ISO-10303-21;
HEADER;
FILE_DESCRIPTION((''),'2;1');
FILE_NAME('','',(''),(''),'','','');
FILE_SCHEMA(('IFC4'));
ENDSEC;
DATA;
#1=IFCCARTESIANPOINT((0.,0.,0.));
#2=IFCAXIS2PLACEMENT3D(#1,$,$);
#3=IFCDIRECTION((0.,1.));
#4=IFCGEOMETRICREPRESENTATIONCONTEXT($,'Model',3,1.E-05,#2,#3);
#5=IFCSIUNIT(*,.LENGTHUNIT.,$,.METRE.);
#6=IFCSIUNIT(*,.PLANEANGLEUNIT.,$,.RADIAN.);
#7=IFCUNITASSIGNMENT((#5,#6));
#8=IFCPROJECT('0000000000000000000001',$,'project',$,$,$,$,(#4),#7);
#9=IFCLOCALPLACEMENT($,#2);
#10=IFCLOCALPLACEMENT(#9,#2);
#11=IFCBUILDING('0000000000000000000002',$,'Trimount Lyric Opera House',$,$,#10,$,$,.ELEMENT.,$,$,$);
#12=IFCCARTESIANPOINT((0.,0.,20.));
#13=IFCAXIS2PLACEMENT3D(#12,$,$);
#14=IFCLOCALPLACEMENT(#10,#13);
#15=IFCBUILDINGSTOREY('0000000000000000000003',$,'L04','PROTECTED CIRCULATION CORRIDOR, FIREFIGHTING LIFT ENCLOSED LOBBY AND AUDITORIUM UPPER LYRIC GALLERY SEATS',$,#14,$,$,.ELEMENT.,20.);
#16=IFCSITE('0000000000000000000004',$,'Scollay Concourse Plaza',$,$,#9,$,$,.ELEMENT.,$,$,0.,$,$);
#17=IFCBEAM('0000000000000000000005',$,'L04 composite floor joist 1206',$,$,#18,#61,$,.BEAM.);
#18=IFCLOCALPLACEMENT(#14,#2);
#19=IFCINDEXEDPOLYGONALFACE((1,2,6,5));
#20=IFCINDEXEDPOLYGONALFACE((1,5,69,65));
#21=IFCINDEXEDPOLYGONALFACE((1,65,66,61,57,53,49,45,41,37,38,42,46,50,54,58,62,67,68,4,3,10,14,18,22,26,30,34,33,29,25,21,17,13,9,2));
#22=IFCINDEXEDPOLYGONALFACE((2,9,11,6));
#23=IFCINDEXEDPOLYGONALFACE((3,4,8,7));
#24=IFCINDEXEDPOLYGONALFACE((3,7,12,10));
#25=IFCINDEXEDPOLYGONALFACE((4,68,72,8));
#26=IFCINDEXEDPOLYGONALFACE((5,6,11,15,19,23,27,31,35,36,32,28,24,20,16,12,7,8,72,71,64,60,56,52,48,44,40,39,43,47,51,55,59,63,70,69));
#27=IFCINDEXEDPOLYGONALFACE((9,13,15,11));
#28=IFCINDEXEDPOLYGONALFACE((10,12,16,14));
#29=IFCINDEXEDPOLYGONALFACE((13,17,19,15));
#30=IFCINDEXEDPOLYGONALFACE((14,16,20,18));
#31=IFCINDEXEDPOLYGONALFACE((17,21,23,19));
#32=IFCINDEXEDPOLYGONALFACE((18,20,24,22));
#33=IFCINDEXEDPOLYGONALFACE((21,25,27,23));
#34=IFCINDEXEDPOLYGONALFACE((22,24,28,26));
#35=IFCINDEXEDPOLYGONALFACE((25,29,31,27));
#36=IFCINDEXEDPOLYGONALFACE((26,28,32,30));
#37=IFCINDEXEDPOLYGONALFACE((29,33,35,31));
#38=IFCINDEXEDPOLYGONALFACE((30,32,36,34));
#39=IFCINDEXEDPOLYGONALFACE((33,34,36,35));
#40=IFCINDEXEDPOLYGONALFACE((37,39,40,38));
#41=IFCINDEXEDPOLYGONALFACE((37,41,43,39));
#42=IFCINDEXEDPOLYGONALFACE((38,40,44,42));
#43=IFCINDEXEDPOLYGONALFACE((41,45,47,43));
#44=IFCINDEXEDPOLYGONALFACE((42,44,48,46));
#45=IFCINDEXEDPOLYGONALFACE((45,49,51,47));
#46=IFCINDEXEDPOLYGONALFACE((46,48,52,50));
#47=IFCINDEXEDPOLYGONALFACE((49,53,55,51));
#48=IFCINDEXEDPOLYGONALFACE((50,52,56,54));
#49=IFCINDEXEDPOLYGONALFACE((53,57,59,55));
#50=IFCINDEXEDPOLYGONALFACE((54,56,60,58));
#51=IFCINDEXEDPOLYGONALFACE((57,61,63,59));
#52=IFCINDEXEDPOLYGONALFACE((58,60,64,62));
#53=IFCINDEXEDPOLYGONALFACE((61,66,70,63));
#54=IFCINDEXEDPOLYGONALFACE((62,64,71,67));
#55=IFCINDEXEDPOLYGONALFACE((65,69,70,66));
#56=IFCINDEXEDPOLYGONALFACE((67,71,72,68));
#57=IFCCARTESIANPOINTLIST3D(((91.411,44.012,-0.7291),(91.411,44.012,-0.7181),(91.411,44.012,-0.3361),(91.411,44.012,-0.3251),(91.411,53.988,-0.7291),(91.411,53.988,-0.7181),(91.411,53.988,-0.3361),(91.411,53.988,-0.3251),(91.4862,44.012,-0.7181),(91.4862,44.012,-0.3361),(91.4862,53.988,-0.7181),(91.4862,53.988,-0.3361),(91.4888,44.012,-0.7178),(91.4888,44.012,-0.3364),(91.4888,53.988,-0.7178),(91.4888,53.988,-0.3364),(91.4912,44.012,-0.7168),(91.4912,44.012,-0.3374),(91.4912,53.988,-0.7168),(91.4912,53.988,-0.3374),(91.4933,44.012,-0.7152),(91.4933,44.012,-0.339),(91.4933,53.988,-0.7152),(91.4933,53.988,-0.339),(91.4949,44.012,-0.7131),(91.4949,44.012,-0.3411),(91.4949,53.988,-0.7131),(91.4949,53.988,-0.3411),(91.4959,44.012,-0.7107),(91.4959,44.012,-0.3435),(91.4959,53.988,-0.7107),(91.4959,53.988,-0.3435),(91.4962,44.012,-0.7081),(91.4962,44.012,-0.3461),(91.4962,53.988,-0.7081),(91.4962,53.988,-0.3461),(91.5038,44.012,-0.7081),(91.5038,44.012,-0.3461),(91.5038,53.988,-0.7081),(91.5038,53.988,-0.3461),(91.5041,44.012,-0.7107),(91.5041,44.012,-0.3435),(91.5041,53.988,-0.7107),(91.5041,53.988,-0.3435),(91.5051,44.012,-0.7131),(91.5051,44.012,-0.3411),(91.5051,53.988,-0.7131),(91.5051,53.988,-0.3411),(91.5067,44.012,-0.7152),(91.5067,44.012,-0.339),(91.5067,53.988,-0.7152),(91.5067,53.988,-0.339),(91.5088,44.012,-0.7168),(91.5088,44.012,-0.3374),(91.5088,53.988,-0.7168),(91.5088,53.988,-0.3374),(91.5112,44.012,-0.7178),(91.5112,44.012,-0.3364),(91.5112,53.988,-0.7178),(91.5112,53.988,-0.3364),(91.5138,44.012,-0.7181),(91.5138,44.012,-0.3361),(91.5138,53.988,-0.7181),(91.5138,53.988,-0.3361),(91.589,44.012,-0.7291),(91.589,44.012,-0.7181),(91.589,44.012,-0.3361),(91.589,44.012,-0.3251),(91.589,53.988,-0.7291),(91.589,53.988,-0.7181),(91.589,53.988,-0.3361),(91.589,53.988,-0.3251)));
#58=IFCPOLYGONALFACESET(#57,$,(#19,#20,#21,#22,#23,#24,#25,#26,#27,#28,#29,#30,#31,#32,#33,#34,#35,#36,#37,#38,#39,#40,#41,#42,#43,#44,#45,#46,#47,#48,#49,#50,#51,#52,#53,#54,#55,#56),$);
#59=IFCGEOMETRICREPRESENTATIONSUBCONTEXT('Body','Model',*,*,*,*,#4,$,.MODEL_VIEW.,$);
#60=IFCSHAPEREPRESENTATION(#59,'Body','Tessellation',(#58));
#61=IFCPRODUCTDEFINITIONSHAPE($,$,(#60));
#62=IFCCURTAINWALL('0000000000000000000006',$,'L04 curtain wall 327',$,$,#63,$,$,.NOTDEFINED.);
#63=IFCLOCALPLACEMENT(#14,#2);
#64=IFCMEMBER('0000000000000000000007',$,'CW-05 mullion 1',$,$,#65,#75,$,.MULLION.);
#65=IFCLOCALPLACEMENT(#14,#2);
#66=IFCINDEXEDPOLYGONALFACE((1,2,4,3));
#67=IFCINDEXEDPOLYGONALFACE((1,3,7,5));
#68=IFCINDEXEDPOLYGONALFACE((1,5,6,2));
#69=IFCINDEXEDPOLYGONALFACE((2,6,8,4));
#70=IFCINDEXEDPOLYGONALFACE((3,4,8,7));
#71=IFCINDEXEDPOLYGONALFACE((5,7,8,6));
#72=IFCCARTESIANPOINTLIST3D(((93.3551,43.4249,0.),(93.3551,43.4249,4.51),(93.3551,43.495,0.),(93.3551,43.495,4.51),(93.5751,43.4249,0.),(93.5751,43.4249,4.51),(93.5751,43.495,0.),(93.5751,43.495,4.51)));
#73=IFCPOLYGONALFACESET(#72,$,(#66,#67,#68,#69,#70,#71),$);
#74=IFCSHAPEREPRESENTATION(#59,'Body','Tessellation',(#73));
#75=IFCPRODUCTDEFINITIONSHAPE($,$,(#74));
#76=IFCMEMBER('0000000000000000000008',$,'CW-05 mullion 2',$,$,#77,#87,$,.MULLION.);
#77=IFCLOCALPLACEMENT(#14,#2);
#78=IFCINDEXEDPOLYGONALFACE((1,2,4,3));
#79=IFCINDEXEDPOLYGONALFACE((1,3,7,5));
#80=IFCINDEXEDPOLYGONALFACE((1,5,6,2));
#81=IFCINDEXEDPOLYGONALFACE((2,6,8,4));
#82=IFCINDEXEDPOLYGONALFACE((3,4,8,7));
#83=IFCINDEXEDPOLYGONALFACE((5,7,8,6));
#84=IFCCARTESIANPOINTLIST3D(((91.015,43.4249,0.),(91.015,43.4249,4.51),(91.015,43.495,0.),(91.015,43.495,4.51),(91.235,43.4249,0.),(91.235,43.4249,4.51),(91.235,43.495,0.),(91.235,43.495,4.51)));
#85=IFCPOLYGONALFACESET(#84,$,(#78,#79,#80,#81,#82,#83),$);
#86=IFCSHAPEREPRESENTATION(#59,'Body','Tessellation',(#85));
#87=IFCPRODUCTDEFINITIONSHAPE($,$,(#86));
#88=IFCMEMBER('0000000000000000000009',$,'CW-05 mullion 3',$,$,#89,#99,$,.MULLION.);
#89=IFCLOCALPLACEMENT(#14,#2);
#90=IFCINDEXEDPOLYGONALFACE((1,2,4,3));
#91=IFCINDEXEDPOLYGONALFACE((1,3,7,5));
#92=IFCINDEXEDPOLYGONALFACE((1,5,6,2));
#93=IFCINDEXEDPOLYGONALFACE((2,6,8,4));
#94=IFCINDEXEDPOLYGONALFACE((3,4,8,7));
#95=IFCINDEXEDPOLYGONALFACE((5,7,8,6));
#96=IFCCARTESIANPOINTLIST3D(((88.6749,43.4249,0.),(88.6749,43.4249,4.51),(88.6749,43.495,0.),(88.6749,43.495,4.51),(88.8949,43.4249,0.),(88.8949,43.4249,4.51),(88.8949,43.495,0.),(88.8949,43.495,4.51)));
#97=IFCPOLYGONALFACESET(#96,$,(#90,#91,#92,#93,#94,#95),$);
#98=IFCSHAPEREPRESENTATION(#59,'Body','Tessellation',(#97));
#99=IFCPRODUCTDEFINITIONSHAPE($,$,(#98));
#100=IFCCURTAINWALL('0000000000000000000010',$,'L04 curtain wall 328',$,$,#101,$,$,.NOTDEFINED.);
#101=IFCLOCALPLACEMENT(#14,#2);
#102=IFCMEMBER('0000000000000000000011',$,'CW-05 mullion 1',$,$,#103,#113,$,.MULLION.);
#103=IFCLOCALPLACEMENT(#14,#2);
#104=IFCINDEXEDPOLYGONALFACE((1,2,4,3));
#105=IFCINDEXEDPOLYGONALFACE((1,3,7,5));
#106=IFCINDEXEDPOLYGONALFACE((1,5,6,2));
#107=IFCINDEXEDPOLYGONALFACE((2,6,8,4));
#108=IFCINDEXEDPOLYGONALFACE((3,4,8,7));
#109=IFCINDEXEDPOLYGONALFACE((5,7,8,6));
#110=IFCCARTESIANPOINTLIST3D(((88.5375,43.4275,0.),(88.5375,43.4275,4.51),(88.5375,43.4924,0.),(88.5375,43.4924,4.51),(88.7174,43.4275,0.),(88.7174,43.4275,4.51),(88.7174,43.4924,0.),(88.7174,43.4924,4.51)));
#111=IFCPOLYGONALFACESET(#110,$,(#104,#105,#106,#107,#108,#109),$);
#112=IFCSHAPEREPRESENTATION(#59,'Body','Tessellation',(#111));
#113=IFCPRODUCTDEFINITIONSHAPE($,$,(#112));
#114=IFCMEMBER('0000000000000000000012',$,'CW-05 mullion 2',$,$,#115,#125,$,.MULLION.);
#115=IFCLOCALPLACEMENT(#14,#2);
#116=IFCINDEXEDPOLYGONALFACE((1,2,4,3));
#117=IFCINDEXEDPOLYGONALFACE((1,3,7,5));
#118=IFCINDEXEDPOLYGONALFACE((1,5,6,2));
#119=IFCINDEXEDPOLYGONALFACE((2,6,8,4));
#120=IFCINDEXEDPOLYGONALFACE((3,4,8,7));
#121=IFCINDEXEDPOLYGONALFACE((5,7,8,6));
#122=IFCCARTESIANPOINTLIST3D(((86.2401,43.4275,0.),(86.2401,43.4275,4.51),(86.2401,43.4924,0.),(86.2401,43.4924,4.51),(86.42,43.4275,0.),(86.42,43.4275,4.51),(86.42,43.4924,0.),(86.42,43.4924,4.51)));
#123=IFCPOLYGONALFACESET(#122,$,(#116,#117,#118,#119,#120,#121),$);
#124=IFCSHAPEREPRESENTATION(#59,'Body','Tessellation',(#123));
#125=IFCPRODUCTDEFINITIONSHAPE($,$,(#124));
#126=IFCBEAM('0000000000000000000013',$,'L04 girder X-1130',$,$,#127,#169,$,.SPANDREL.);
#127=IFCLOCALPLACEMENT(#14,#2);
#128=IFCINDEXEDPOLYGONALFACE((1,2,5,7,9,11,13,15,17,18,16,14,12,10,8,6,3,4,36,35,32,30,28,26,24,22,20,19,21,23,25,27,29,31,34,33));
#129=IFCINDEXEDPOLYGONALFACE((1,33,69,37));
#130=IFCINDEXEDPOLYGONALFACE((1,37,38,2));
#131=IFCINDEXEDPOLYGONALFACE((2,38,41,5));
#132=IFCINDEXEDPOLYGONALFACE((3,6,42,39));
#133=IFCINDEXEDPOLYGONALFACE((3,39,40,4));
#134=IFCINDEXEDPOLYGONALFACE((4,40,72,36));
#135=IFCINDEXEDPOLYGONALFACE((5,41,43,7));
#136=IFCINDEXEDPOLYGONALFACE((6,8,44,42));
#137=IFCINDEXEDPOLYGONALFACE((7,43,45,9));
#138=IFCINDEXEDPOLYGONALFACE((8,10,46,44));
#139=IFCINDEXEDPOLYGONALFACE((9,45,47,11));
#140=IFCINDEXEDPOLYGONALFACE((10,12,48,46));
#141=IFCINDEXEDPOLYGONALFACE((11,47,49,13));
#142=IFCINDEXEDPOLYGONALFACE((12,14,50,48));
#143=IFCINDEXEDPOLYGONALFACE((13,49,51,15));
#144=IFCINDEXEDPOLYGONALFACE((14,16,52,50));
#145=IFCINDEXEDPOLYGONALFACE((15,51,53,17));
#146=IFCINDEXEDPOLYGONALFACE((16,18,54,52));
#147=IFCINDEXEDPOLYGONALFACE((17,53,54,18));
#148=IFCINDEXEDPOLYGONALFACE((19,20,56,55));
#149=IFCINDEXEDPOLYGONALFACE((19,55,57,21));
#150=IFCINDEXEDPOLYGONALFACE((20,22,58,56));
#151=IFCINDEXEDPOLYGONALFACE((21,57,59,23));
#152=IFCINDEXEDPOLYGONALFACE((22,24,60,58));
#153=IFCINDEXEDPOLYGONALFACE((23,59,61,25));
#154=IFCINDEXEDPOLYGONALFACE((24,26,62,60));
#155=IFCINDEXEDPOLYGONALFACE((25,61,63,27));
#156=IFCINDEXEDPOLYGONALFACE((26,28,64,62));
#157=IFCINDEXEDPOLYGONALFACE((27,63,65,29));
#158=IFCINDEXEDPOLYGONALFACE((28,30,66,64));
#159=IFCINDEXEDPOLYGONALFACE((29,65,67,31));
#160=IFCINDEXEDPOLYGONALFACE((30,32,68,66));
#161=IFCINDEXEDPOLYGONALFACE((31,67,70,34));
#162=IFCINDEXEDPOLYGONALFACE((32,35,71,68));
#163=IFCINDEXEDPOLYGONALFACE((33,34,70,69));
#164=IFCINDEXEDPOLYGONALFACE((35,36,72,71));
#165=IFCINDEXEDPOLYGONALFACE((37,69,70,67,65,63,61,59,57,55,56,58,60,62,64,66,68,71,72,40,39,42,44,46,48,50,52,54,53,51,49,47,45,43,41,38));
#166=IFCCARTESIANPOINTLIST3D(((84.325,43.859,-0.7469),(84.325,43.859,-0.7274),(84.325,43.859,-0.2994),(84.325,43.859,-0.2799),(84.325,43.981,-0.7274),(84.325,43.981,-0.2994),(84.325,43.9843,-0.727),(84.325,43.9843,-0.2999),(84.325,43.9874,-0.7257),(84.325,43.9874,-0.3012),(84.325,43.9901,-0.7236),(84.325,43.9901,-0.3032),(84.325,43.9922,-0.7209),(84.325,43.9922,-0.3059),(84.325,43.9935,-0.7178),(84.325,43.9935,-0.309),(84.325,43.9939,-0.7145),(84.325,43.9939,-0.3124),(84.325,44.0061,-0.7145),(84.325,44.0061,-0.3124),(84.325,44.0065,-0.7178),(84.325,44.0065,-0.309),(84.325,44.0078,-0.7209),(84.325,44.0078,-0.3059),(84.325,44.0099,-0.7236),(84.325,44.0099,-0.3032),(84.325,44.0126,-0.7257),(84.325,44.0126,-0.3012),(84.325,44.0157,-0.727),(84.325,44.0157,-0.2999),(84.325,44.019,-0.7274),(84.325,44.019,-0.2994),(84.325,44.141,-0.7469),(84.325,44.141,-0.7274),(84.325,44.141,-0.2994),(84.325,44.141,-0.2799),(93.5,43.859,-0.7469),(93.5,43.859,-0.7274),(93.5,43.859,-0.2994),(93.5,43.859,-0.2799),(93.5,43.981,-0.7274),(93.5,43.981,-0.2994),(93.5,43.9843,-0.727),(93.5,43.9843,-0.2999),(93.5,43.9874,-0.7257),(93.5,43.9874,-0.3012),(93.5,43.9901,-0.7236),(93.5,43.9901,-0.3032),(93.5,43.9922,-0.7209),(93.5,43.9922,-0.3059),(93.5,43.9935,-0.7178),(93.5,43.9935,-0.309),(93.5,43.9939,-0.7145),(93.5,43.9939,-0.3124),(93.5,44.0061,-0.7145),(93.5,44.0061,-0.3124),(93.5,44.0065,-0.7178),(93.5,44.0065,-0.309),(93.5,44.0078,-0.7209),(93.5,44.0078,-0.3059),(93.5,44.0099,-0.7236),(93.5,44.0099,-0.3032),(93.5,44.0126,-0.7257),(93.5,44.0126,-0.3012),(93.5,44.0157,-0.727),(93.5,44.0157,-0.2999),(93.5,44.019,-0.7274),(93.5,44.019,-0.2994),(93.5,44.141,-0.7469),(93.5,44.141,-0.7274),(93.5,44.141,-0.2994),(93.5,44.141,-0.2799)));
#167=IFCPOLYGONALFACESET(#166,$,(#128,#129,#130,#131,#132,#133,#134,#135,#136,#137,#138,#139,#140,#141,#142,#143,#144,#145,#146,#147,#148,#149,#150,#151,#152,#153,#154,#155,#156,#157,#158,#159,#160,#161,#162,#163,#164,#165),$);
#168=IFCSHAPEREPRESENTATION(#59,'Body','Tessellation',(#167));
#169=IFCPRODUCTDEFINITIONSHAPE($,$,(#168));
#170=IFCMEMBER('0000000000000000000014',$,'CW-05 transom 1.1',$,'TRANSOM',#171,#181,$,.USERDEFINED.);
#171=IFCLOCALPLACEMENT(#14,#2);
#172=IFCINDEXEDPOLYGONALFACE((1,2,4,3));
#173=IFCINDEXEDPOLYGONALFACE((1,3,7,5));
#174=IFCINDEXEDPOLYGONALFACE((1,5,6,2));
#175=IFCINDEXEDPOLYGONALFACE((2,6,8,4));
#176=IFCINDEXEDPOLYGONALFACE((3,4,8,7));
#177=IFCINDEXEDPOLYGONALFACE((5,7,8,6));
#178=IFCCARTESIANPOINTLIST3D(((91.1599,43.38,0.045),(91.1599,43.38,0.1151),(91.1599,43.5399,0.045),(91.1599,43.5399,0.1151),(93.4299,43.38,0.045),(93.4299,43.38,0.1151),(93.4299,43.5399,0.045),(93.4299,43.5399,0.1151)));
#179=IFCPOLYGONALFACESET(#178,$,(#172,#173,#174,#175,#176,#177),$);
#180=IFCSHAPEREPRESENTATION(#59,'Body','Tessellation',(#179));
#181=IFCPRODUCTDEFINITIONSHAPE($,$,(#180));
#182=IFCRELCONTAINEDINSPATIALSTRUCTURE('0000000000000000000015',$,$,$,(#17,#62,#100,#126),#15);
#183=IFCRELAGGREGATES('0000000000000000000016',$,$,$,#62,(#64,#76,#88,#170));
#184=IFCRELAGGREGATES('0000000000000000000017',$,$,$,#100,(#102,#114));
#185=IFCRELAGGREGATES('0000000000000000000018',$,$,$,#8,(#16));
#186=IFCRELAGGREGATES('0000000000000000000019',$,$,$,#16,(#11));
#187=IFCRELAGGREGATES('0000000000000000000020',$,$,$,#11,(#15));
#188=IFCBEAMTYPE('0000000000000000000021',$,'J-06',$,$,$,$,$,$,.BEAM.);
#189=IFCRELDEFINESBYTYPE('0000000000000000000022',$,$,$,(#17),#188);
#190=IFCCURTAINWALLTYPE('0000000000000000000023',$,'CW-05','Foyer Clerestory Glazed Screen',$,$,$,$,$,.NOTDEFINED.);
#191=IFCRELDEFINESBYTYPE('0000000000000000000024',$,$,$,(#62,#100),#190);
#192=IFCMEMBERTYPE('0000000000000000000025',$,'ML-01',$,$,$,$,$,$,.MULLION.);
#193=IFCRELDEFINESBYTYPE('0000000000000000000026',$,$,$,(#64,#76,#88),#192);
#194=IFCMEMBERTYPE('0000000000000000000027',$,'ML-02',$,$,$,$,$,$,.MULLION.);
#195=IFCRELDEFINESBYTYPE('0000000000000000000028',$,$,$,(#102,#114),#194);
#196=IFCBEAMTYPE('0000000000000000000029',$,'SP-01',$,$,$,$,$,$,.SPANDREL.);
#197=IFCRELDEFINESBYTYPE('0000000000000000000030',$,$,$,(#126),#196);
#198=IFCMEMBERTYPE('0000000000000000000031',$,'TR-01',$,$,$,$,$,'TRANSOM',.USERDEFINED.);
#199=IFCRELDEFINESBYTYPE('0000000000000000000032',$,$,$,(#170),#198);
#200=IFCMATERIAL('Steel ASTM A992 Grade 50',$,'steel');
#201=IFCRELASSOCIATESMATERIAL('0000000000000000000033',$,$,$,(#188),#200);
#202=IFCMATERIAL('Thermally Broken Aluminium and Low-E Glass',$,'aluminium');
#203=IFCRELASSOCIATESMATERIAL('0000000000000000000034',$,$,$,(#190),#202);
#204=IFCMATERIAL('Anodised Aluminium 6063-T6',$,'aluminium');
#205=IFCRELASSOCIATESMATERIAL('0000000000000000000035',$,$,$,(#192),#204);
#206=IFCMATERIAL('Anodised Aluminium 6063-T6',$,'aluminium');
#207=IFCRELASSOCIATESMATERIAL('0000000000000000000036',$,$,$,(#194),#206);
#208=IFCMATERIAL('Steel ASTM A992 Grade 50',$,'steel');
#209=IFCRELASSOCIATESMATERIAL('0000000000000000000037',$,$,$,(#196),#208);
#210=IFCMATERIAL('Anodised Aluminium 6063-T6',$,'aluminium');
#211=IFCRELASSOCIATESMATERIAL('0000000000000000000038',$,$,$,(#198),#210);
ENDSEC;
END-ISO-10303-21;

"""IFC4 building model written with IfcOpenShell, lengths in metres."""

from ifc_helpers import new_model, si_unit, direction, frame, origin, origin_2d, place, context, subcontext, project, spatial, rectangle, i_section, extrude, material, material_profile, profile_set, type_object, element, aggregate, save


model = new_model("IFC4")

# Units and contexts
model_context = context("Model", 3, precision=1e-05, world=origin(), true_north=direction((0.0, 1.0)))
body_context = subcontext(model_context, "Body", "Model", "MODEL_VIEW")
ifc_project = project(units=[si_unit("LENGTHUNIT", "METRE"), si_unit("PLANEANGLEUNIT", "RADIAN")], contexts=[model_context])

# Site, building, storey
site_placement = place(None, origin())
site = spatial("IfcSite", under=ifc_project, at=site_placement, Name="Scollay Concourse Plaza", CompositionType="ELEMENT", RefElevation=0.0)
building_placement = place(site_placement, origin())
building = spatial("IfcBuilding", under=site, at=building_placement, Name="Trimount Lyric Opera House", CompositionType="ELEMENT")
storey_placement = place(building_placement, frame((0.0, 0.0, 20.0)))
storey = spatial("IfcBuildingStorey", under=building, at=storey_placement, Name="L04", Description="PROTECTED CIRCULATION CORRIDOR, FIREFIGHTING LIFT ENCLOSED LOBBY AND AUDITORIUM UPPER LYRIC GALLERY SEATS", CompositionType="ELEMENT", Elevation=20.0)

# Beam
ifc_material_1 = material(Name="Steel ASTM A992 Grade 50", Category="steel")
ifc_material_profile_1 = material_profile(ifc_material_1, i_section(OverallWidth=0.178, OverallDepth=0.4041, WebThickness=0.0076, FlangeThickness=0.011, FilletRadius=0.01, at=origin_2d()), Name="W16X36")
ifc_profile_set_1 = profile_set([ifc_material_profile_1], Name="Steel ASTM A992 Grade 50")
beam_type_1 = type_object("IfcBeamType", Name="J-06", PredefinedType="BEAM", material=ifc_profile_set_1)
beam_1_placement = place(storey_placement, frame((91.5, 44.012, -0.5271), z_axis=(0.0, 1.0, 0.0), x_axis=(-1.0, 0.0, 0.0)))
element("IfcBeam", 1, at=beam_1_placement, inside=storey, type_object=beam_type_1, Name="L04 composite floor joist 1206", PredefinedType="BEAM", context=body_context, shape_type="SweptSolid", body=[
    extrude(i_section(OverallWidth=0.178, OverallDepth=0.4041, WebThickness=0.0076, FlangeThickness=0.011, FilletRadius=0.01, at=origin_2d()), origin(), (0.0, 0.0, 1.0), 9.9761),
])

# Curtain walls, members
ifc_material_2 = material(Name="Thermally Broken Aluminium and Low-E Glass", Category="aluminium")
curtain_wall_type = type_object("IfcCurtainWallType", Name="CW-05", Description="Foyer Clerestory Glazed Screen", PredefinedType="NOTDEFINED", material=ifc_material_2)
curtain_wall_1_placement = place(storey_placement, origin())
curtain_wall_1 = element("IfcCurtainWall", 2, at=curtain_wall_1_placement, inside=storey, type_object=curtain_wall_type, Name="L04 curtain wall 327", PredefinedType="NOTDEFINED")
ifc_material_3 = material(Name="Anodised Aluminium 6063-T6", Category="aluminium")
ifc_material_profile_2 = material_profile(ifc_material_3, rectangle(XDim=0.0701, YDim=0.22, at=origin_2d()), Name="ALU-MULL-70X220")
ifc_profile_set_2 = profile_set([ifc_material_profile_2], Name="Anodised Aluminium 6063-T6")
member_type_1 = type_object("IfcMemberType", Name="ML-01", PredefinedType="MULLION", material=ifc_profile_set_2)
member_1_placement = place(storey_placement, frame((93.4651, 43.46, 0.0), z_axis=(0.0, 0.0, 1.0), x_axis=(0.0, -1.0, 0.0)))
member_1 = element("IfcMember", 3, at=member_1_placement, type_object=member_type_1, Name="CW-05 mullion 1", PredefinedType="MULLION", context=body_context, shape_type="SweptSolid", body=[
    extrude(rectangle(XDim=0.0701, YDim=0.22, at=origin_2d()), origin(), (0.0, 0.0, 1.0), 4.51),
])
member_2_placement = place(storey_placement, frame((91.125, 43.46, 0.0), z_axis=(0.0, 0.0, 1.0), x_axis=(0.0, -1.0, 0.0)))
member_2 = element("IfcMember", 4, at=member_2_placement, type_object=member_type_1, Name="CW-05 mullion 2", PredefinedType="MULLION", context=body_context, shape_type="SweptSolid", body=[
    extrude(rectangle(XDim=0.0701, YDim=0.22, at=origin_2d()), origin(), (0.0, 0.0, 1.0), 4.51),
])
member_3_placement = place(storey_placement, frame((88.7849, 43.46, 0.0), z_axis=(0.0, 0.0, 1.0), x_axis=(0.0, -1.0, 0.0)))
member_3 = element("IfcMember", 5, at=member_3_placement, type_object=member_type_1, Name="CW-05 mullion 3", PredefinedType="MULLION", context=body_context, shape_type="SweptSolid", body=[
    extrude(rectangle(XDim=0.0701, YDim=0.22, at=origin_2d()), origin(), (0.0, 0.0, 1.0), 4.51),
])
curtain_wall_2_placement = place(storey_placement, origin())
curtain_wall_2 = element("IfcCurtainWall", 6, at=curtain_wall_2_placement, inside=storey, type_object=curtain_wall_type, Name="L04 curtain wall 328", PredefinedType="NOTDEFINED")
ifc_material_4 = material(Name="Anodised Aluminium 6063-T6", Category="aluminium")
ifc_material_profile_3 = material_profile(ifc_material_4, rectangle(XDim=0.0649, YDim=0.1799, at=origin_2d()), Name="ALU-MULL-65X180")
ifc_profile_set_3 = profile_set([ifc_material_profile_3], Name="Anodised Aluminium 6063-T6")
member_type_2 = type_object("IfcMemberType", Name="ML-02", PredefinedType="MULLION", material=ifc_profile_set_3)
member_4_placement = place(storey_placement, frame((88.6274, 43.46, 0.0), z_axis=(0.0, 0.0, 1.0), x_axis=(0.0, -1.0, 0.0)))
member_4 = element("IfcMember", 7, at=member_4_placement, type_object=member_type_2, Name="CW-05 mullion 1", PredefinedType="MULLION", context=body_context, shape_type="SweptSolid", body=[
    extrude(rectangle(XDim=0.0649, YDim=0.1799, at=origin_2d()), origin(), (0.0, 0.0, 1.0), 4.51),
])
member_5_placement = place(storey_placement, frame((86.3301, 43.46, 0.0), z_axis=(0.0, 0.0, 1.0), x_axis=(0.0, -1.0, 0.0)))
member_5 = element("IfcMember", 8, at=member_5_placement, type_object=member_type_2, Name="CW-05 mullion 2", PredefinedType="MULLION", context=body_context, shape_type="SweptSolid", body=[
    extrude(rectangle(XDim=0.0649, YDim=0.1799, at=origin_2d()), origin(), (0.0, 0.0, 1.0), 4.51),
])

# Beam
ifc_material_5 = material(Name="Steel ASTM A992 Grade 50", Category="steel")
ifc_material_profile_4 = material_profile(ifc_material_5, i_section(OverallWidth=0.282, OverallDepth=0.467, WebThickness=0.0122, FlangeThickness=0.0195, FilletRadius=0.0129, at=origin_2d()), Name="W18X86")
ifc_profile_set_4 = profile_set([ifc_material_profile_4], Name="Steel ASTM A992 Grade 50")
beam_type_2 = type_object("IfcBeamType", Name="SP-01", PredefinedType="SPANDREL", material=ifc_profile_set_4)
beam_2_placement = place(storey_placement, frame((84.325, 44.0, -0.5134), z_axis=(1.0, 0.0, 0.0), x_axis=(0.0, 1.0, 0.0)))
element("IfcBeam", 9, at=beam_2_placement, inside=storey, type_object=beam_type_2, Name="L04 girder X-1130", PredefinedType="SPANDREL", context=body_context, shape_type="SweptSolid", body=[
    extrude(i_section(OverallWidth=0.282, OverallDepth=0.467, WebThickness=0.0122, FlangeThickness=0.0195, FilletRadius=0.0129, at=origin_2d()), origin(), (0.0, 0.0, 1.0), 9.175),
])

# Member
ifc_material_6 = material(Name="Anodised Aluminium 6063-T6", Category="aluminium")
ifc_material_profile_5 = material_profile(ifc_material_6, rectangle(XDim=0.1599, YDim=0.0701, at=origin_2d()), Name="ALU-TRAN-70X160")
ifc_profile_set_5 = profile_set([ifc_material_profile_5], Name="Anodised Aluminium 6063-T6")
member_type_3 = type_object("IfcMemberType", Name="TR-01", ElementType="TRANSOM", PredefinedType="USERDEFINED", material=ifc_profile_set_5)
member_6_placement = place(storey_placement, frame((93.4299, 43.46, 0.0801), z_axis=(-1.0, 0.0, 0.0), x_axis=(0.0, -1.0, 0.0)))
member_6 = element("IfcMember", 10, at=member_6_placement, type_object=member_type_3, Name="CW-05 transom 1.1", ObjectType="TRANSOM", PredefinedType="USERDEFINED", context=body_context, shape_type="SweptSolid", body=[
    extrude(rectangle(XDim=0.1599, YDim=0.0701, at=origin_2d()), origin(), (0.0, 0.0, 1.0), 2.27),
])

aggregate(curtain_wall_1, [member_1, member_2, member_3, member_6])
aggregate(curtain_wall_2, [member_4, member_5])

save(model, "model.ifc")
